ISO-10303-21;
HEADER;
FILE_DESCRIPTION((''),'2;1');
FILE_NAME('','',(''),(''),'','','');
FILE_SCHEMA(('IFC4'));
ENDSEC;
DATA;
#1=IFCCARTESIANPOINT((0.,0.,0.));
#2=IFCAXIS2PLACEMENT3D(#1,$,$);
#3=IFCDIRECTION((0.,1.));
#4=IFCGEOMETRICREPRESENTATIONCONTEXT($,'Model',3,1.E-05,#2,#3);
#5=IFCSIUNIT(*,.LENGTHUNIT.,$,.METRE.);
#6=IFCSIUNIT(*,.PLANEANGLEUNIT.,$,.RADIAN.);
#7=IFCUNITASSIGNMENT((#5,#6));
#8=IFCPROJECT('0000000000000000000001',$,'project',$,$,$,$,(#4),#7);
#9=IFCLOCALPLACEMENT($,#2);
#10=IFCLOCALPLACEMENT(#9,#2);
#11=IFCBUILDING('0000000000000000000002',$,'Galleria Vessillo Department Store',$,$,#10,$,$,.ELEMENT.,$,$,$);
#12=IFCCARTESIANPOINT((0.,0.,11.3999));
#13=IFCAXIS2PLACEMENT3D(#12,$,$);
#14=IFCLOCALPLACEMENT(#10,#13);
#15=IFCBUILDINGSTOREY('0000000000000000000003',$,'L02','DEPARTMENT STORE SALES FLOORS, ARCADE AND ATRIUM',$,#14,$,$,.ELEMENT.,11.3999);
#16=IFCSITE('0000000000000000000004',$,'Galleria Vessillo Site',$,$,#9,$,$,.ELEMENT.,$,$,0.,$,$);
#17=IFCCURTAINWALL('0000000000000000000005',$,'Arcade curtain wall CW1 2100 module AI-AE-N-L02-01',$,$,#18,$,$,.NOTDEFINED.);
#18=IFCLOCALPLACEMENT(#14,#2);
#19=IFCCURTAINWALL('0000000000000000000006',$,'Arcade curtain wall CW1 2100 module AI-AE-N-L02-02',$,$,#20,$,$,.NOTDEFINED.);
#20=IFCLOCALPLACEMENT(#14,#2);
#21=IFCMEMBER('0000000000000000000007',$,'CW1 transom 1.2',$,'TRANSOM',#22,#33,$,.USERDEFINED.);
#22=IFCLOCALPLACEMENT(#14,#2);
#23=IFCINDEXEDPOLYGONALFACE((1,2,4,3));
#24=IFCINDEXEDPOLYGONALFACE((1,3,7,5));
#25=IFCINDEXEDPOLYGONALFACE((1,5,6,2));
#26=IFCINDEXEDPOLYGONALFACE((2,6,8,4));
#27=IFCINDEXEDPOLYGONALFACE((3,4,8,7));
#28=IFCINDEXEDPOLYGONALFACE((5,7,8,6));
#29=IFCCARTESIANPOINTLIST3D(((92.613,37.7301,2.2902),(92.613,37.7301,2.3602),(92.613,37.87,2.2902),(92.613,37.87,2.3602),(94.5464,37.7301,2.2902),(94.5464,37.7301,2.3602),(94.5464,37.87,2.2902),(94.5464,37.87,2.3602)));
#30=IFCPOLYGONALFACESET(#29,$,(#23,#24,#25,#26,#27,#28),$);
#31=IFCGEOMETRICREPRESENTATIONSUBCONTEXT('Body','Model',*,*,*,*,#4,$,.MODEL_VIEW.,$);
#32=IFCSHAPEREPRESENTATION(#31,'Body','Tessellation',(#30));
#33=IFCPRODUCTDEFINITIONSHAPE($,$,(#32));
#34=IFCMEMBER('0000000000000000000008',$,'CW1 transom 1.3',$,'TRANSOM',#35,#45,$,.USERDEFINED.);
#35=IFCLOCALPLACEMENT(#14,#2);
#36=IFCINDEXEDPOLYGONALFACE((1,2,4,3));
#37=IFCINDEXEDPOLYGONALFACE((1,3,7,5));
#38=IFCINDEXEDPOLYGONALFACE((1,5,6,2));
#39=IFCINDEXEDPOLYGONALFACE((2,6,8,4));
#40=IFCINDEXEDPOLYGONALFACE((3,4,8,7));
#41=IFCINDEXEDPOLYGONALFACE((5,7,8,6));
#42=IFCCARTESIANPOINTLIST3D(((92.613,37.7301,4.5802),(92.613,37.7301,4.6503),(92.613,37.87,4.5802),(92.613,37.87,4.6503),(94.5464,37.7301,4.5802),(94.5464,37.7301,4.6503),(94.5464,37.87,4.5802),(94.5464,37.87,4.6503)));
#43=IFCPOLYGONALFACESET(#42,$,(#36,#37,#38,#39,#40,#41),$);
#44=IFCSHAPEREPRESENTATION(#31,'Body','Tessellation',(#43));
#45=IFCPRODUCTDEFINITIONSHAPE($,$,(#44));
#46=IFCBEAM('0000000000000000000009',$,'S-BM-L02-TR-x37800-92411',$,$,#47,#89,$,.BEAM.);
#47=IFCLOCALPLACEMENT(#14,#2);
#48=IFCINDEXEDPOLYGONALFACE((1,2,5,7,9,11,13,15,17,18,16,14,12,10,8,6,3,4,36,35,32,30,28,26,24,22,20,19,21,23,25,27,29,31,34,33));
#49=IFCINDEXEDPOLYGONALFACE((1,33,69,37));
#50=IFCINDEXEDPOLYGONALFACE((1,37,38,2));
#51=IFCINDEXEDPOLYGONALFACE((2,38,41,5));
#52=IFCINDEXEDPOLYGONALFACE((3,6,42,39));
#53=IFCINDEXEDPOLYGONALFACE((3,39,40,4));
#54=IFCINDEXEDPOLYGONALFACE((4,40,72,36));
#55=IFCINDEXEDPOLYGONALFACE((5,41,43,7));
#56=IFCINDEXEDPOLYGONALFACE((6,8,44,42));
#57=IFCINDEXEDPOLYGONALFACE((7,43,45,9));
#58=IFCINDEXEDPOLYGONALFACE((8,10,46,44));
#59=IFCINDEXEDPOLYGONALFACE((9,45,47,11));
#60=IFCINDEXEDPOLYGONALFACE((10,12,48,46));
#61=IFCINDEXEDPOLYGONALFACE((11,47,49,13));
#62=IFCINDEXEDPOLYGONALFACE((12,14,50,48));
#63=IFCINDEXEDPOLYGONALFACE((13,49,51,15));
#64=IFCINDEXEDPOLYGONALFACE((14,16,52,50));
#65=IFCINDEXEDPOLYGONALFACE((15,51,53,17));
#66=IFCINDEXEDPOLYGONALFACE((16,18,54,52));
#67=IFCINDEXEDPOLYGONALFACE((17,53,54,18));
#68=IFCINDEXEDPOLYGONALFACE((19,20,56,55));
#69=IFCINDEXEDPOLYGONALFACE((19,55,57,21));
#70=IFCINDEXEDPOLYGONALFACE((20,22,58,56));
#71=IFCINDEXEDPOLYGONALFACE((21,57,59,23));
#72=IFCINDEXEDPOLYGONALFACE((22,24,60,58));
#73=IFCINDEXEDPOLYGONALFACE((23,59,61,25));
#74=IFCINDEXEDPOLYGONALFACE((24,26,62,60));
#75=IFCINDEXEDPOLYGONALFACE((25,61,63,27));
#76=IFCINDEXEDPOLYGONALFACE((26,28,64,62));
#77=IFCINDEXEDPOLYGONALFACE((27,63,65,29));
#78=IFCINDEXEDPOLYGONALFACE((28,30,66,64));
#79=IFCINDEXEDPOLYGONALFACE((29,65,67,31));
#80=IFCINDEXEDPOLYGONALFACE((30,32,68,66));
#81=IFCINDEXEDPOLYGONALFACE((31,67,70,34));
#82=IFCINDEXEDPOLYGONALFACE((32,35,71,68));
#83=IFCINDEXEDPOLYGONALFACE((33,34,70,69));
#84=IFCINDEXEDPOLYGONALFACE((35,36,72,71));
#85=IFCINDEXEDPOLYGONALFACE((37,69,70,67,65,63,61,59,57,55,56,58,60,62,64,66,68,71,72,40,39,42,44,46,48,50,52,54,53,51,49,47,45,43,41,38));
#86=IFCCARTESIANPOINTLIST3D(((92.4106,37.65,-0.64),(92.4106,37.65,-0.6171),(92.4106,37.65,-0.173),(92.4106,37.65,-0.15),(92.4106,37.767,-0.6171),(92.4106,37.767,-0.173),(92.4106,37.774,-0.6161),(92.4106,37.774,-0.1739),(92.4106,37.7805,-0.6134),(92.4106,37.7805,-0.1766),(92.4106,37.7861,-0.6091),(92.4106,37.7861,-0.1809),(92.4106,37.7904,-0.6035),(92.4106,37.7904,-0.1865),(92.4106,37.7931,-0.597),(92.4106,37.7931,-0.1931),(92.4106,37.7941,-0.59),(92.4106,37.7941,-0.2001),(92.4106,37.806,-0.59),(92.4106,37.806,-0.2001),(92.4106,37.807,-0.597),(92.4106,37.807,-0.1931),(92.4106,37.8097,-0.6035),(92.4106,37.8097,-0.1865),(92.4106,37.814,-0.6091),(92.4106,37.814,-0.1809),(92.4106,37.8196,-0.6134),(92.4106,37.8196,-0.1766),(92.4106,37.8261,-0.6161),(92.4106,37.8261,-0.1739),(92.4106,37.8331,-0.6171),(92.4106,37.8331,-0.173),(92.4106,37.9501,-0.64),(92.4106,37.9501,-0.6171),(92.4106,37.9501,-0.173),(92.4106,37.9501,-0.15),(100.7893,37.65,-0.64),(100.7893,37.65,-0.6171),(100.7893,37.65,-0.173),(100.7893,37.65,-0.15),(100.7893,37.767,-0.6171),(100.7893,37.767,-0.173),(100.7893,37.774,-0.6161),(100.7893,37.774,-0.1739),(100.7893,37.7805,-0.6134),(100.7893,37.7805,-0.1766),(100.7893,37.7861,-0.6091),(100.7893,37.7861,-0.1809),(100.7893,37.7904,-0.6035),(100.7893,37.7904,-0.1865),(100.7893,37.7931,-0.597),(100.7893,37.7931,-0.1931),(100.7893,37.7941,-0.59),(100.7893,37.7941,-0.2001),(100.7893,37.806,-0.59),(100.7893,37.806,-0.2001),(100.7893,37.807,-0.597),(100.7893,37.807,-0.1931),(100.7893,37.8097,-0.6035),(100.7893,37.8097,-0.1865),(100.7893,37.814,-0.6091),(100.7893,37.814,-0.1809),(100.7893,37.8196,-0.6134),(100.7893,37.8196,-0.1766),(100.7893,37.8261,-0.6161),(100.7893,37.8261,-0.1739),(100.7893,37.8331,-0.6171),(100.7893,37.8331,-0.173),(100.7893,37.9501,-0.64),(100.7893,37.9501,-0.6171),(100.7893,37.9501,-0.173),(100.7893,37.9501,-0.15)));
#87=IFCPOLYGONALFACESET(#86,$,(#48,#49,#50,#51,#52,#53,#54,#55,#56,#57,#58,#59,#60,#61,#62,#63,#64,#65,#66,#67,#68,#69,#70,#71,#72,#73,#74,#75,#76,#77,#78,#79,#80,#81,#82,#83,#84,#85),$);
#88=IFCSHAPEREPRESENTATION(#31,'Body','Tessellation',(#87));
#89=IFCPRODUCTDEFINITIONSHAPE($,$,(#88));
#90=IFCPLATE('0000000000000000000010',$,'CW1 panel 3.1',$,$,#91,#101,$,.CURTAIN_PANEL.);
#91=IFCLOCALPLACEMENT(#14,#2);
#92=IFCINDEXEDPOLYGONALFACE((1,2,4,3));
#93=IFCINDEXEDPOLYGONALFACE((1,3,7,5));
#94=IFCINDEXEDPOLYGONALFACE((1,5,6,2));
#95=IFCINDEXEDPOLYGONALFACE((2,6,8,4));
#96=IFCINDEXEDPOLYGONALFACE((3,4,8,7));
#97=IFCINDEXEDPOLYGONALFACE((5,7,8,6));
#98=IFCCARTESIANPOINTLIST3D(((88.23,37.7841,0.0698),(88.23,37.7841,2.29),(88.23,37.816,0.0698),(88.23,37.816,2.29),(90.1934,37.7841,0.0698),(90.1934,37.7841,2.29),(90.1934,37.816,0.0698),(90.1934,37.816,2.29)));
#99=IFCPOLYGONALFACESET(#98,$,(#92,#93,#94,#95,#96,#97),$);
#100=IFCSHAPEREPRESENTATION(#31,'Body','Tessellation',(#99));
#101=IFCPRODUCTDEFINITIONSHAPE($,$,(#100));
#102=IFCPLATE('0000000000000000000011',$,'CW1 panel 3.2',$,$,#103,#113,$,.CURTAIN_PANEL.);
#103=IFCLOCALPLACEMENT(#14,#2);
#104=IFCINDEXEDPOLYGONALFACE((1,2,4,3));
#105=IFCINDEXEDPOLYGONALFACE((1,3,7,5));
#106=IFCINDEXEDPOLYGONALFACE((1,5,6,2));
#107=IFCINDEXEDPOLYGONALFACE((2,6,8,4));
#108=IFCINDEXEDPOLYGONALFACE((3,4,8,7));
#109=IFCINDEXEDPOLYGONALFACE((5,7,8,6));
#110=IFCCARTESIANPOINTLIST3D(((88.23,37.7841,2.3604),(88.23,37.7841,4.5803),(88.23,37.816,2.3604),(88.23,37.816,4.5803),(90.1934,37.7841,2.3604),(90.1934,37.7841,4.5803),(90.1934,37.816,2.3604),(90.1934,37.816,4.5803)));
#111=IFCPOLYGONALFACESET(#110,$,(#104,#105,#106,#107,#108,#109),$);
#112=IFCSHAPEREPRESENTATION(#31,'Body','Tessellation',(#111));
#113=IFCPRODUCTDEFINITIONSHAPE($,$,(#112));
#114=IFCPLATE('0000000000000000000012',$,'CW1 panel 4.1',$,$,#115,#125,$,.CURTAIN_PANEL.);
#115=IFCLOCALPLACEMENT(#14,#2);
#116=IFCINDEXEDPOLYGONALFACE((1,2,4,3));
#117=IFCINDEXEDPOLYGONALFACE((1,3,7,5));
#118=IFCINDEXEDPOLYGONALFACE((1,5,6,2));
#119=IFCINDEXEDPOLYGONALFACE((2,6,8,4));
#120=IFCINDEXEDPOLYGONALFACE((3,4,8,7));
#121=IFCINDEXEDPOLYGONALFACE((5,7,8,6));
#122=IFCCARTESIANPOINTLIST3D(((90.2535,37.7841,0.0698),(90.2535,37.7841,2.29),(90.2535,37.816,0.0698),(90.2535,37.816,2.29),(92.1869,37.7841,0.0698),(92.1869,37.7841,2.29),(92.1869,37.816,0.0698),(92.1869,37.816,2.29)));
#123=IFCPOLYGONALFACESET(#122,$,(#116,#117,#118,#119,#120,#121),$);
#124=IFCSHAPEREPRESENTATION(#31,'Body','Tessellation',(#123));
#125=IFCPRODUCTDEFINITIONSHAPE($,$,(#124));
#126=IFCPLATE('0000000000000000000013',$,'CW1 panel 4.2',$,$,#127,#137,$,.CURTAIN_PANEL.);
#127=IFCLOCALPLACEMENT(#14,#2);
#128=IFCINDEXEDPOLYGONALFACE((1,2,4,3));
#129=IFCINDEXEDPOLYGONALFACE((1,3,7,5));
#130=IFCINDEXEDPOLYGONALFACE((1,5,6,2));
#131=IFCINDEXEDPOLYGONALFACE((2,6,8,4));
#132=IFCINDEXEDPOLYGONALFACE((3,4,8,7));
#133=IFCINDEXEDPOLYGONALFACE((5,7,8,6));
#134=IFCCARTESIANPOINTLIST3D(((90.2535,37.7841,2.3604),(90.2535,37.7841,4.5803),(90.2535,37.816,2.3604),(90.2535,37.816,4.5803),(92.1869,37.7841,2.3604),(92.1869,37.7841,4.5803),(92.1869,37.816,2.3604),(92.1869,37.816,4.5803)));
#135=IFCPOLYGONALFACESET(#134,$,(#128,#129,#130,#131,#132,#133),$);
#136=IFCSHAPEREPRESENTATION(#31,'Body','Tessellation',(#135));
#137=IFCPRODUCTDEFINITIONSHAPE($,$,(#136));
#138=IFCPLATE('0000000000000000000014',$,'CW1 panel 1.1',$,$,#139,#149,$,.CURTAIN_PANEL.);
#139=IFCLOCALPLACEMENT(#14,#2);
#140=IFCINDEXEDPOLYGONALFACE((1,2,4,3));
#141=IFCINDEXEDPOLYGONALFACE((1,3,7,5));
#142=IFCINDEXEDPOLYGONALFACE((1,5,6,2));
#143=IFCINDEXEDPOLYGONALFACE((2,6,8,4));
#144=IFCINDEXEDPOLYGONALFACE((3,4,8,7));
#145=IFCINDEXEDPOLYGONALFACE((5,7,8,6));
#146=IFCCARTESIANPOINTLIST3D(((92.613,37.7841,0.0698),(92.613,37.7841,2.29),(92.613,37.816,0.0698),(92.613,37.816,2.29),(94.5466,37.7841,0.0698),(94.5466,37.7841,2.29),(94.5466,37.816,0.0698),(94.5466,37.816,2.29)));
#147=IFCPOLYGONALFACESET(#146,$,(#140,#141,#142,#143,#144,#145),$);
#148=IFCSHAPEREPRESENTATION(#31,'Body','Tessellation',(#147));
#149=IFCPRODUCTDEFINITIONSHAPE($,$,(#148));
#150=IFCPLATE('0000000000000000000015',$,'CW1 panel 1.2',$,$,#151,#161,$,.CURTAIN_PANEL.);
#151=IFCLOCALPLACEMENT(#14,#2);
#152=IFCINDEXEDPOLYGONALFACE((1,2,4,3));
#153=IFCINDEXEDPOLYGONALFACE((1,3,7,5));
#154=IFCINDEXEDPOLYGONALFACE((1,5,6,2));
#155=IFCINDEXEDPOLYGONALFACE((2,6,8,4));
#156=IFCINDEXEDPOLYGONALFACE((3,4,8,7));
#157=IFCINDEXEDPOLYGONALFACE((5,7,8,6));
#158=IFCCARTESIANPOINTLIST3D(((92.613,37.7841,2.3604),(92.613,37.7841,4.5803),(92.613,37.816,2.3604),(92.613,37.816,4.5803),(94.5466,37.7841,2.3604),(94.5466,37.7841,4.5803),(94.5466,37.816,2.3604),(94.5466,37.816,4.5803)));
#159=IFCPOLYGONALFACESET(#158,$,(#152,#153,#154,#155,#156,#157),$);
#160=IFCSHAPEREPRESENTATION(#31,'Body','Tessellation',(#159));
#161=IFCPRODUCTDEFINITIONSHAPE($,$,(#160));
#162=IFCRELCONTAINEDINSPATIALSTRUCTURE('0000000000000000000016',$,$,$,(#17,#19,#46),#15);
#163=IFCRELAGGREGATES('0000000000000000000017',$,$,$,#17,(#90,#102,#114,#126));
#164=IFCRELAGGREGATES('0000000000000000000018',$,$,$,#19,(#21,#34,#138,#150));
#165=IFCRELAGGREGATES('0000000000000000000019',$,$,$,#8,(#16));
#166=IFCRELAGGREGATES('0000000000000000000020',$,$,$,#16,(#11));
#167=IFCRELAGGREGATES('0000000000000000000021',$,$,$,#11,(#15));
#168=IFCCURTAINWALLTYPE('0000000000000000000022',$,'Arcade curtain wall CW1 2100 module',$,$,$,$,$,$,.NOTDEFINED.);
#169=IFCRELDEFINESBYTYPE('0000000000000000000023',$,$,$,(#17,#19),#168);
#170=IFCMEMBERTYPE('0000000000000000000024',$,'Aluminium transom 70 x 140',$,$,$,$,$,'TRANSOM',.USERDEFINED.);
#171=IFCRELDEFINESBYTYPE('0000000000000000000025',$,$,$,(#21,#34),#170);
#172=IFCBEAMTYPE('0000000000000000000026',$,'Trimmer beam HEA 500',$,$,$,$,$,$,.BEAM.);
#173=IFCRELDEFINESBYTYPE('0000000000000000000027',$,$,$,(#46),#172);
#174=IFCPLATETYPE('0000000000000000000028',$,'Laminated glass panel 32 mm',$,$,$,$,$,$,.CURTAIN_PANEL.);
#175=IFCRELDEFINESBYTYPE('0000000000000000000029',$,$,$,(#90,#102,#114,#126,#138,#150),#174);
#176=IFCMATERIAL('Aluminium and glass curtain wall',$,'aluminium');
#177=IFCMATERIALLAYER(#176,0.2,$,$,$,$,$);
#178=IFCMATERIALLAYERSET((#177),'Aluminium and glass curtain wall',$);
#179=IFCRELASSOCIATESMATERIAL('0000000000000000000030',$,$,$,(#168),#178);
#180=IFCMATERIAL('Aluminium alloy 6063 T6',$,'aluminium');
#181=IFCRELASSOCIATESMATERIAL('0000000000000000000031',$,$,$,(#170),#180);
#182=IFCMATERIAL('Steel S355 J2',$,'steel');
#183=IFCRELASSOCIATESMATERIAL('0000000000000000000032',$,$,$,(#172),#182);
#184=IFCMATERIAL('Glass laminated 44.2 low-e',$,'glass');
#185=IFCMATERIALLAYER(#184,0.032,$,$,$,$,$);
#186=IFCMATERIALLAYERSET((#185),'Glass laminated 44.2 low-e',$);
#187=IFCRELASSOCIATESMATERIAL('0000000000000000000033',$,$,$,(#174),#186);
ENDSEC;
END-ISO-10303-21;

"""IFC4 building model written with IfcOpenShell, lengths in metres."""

from ifc_helpers import new_model, si_unit, direction, frame, origin, origin_2d, place, context, subcontext, project, spatial, rectangle, i_section, extrude, material, layer, layer_set, material_profile, profile_set, type_object, element, aggregate, save


model = new_model("IFC4")

# Units and contexts
model_context = context("Model", 3, precision=1e-05, world=origin(), true_north=direction((0.0, 1.0)))
body_context = subcontext(model_context, "Body", "Model", "MODEL_VIEW")
ifc_project = project(units=[si_unit("LENGTHUNIT", "METRE"), si_unit("PLANEANGLEUNIT", "RADIAN")], contexts=[model_context])

# Site, building, storey
site_placement = place(None, origin())
site = spatial("IfcSite", under=ifc_project, at=site_placement, Name="Galleria Vessillo Site", CompositionType="ELEMENT", RefElevation=0.0)
building_placement = place(site_placement, origin())
building = spatial("IfcBuilding", under=site, at=building_placement, Name="Galleria Vessillo Department Store", CompositionType="ELEMENT")
storey_placement = place(building_placement, frame((0.0, 0.0, 11.3999)))
storey = spatial("IfcBuildingStorey", under=building, at=storey_placement, Name="L02", Description="DEPARTMENT STORE SALES FLOORS, ARCADE AND ATRIUM", CompositionType="ELEMENT", Elevation=11.3999)

# Curtain wall
ifc_material_1 = material(Name="Aluminium and glass curtain wall", Category="aluminium")
ifc_layer_1 = layer(ifc_material_1, 0.2)
ifc_layer_set_1 = layer_set([ifc_layer_1], Name="Aluminium and glass curtain wall")
curtain_wall_type = type_object("IfcCurtainWallType", Name="Arcade curtain wall CW1 2100 module", PredefinedType="NOTDEFINED", material=ifc_layer_set_1)
curtain_wall_1_placement = place(storey_placement, origin())
curtain_wall_1 = element("IfcCurtainWall", 1, at=curtain_wall_1_placement, inside=storey, type_object=curtain_wall_type, Name="Arcade curtain wall CW1 2100 module AI-AE-N-L02-01", PredefinedType="NOTDEFINED")

# Curtain wall
curtain_wall_2_placement = place(storey_placement, origin())
curtain_wall_2 = element("IfcCurtainWall", 2, at=curtain_wall_2_placement, inside=storey, type_object=curtain_wall_type, Name="Arcade curtain wall CW1 2100 module AI-AE-N-L02-02", PredefinedType="NOTDEFINED")

# Members
ifc_material_2 = material(Name="Aluminium alloy 6063 T6", Category="aluminium")
ifc_material_profile_1 = material_profile(ifc_material_2, rectangle(XDim=0.1399, YDim=0.0701, at=origin_2d()), Name="AL 70x140")
ifc_profile_set_1 = profile_set([ifc_material_profile_1], Name="Aluminium alloy 6063 T6")
member_type_1 = type_object("IfcMemberType", Name="Aluminium transom 70 x 140", ElementType="TRANSOM", PredefinedType="USERDEFINED", material=ifc_profile_set_1)
member_1_placement = place(storey_placement, frame((92.613, 37.8, 2.3252), z_axis=(1.0, 0.0, 0.0), x_axis=(0.0, 1.0, 0.0)))
member_1 = element("IfcMember", 3, at=member_1_placement, type_object=member_type_1, Name="CW1 transom 1.2", ObjectType="TRANSOM", PredefinedType="USERDEFINED", context=body_context, shape_type="SweptSolid", body=[
    extrude(rectangle(XDim=0.1399, YDim=0.0701, at=origin_2d()), origin(), (0.0, 0.0, 1.0), 1.9333),
])
member_2_placement = place(storey_placement, frame((92.613, 37.8, 4.6152), z_axis=(1.0, 0.0, 0.0), x_axis=(0.0, 1.0, 0.0)))
member_2 = element("IfcMember", 4, at=member_2_placement, type_object=member_type_1, Name="CW1 transom 1.3", ObjectType="TRANSOM", PredefinedType="USERDEFINED", context=body_context, shape_type="SweptSolid", body=[
    extrude(rectangle(XDim=0.1399, YDim=0.0701, at=origin_2d()), origin(), (0.0, 0.0, 1.0), 1.9333),
])

# Beam
ifc_material_3 = material(Name="Steel S355 J2", Category="steel")
ifc_material_profile_2 = material_profile(ifc_material_3, i_section(OverallWidth=0.3, OverallDepth=0.49, WebThickness=0.012, FlangeThickness=0.0229, FilletRadius=0.0271, at=origin_2d()), Name="HEA 500")
ifc_profile_set_2 = profile_set([ifc_material_profile_2], Name="Steel S355 J2")
beam_type = type_object("IfcBeamType", Name="Trimmer beam HEA 500", PredefinedType="BEAM", material=ifc_profile_set_2)
beam_placement = place(storey_placement, frame((92.4106, 37.8, -0.395), z_axis=(1.0, 0.0, 0.0), x_axis=(0.0, 1.0, 0.0)))
element("IfcBeam", 5, at=beam_placement, inside=storey, type_object=beam_type, Name="S-BM-L02-TR-x37800-92411", PredefinedType="BEAM", context=body_context, shape_type="SweptSolid", body=[
    extrude(i_section(OverallWidth=0.3, OverallDepth=0.49, WebThickness=0.012, FlangeThickness=0.0229, FilletRadius=0.0271, at=origin_2d()), origin(), (0.0, 0.0, 1.0), 8.3787),
])

# Plates
ifc_material_4 = material(Name="Glass laminated 44.2 low-e", Category="glass")
ifc_layer_2 = layer(ifc_material_4, 0.032)
ifc_layer_set_2 = layer_set([ifc_layer_2], Name="Glass laminated 44.2 low-e")
plate_type = type_object("IfcPlateType", Name="Laminated glass panel 32 mm", PredefinedType="CURTAIN_PANEL", material=ifc_layer_set_2)
plate_1_placement = place(storey_placement, frame((89.2117, 37.8, 0.0698), z_axis=(0.0, 0.0, 1.0), x_axis=(1.0, 0.0, 0.0)))
plate_1 = element("IfcPlate", 6, at=plate_1_placement, type_object=plate_type, Name="CW1 panel 3.1", PredefinedType="CURTAIN_PANEL", context=body_context, shape_type="SweptSolid", body=[
    extrude(rectangle(XDim=1.9634, YDim=0.032, at=origin_2d()), origin(), (0.0, 0.0, 1.0), 2.2202),
])
plate_2_placement = place(storey_placement, frame((89.2117, 37.8, 2.3604), z_axis=(0.0, 0.0, 1.0), x_axis=(1.0, 0.0, 0.0)))
plate_2 = element("IfcPlate", 7, at=plate_2_placement, type_object=plate_type, Name="CW1 panel 3.2", PredefinedType="CURTAIN_PANEL", context=body_context, shape_type="SweptSolid", body=[
    extrude(rectangle(XDim=1.9634, YDim=0.032, at=origin_2d()), origin(), (0.0, 0.0, 1.0), 2.22),
])
plate_3_placement = place(storey_placement, frame((91.2202, 37.8, 0.0698), z_axis=(0.0, 0.0, 1.0), x_axis=(1.0, 0.0, 0.0)))
plate_3 = element("IfcPlate", 8, at=plate_3_placement, type_object=plate_type, Name="CW1 panel 4.1", PredefinedType="CURTAIN_PANEL", context=body_context, shape_type="SweptSolid", body=[
    extrude(rectangle(XDim=1.9333, YDim=0.032, at=origin_2d()), origin(), (0.0, 0.0, 1.0), 2.2202),
])
plate_4_placement = place(storey_placement, frame((91.2202, 37.8, 2.3604), z_axis=(0.0, 0.0, 1.0), x_axis=(1.0, 0.0, 0.0)))
plate_4 = element("IfcPlate", 9, at=plate_4_placement, type_object=plate_type, Name="CW1 panel 4.2", PredefinedType="CURTAIN_PANEL", context=body_context, shape_type="SweptSolid", body=[
    extrude(rectangle(XDim=1.9333, YDim=0.032, at=origin_2d()), origin(), (0.0, 0.0, 1.0), 2.22),
])
aggregate(curtain_wall_1, [plate_1, plate_2, plate_3, plate_4])
plate_5_placement = place(storey_placement, frame((93.5798, 37.8, 0.0698), z_axis=(0.0, 0.0, 1.0), x_axis=(1.0, 0.0, 0.0)))
plate_5 = element("IfcPlate", 10, at=plate_5_placement, type_object=plate_type, Name="CW1 panel 1.1", PredefinedType="CURTAIN_PANEL", context=body_context, shape_type="SweptSolid", body=[
    extrude(rectangle(XDim=1.9336, YDim=0.032, at=origin_2d()), origin(), (0.0, 0.0, 1.0), 2.2202),
])
plate_6_placement = place(storey_placement, frame((93.5798, 37.8, 2.3604), z_axis=(0.0, 0.0, 1.0), x_axis=(1.0, 0.0, 0.0)))
plate_6 = element("IfcPlate", 11, at=plate_6_placement, type_object=plate_type, Name="CW1 panel 1.2", PredefinedType="CURTAIN_PANEL", context=body_context, shape_type="SweptSolid", body=[
    extrude(rectangle(XDim=1.9336, YDim=0.032, at=origin_2d()), origin(), (0.0, 0.0, 1.0), 2.22),
])
aggregate(curtain_wall_2, [member_1, member_2, plate_5, plate_6])

save(model, "model.ifc")
